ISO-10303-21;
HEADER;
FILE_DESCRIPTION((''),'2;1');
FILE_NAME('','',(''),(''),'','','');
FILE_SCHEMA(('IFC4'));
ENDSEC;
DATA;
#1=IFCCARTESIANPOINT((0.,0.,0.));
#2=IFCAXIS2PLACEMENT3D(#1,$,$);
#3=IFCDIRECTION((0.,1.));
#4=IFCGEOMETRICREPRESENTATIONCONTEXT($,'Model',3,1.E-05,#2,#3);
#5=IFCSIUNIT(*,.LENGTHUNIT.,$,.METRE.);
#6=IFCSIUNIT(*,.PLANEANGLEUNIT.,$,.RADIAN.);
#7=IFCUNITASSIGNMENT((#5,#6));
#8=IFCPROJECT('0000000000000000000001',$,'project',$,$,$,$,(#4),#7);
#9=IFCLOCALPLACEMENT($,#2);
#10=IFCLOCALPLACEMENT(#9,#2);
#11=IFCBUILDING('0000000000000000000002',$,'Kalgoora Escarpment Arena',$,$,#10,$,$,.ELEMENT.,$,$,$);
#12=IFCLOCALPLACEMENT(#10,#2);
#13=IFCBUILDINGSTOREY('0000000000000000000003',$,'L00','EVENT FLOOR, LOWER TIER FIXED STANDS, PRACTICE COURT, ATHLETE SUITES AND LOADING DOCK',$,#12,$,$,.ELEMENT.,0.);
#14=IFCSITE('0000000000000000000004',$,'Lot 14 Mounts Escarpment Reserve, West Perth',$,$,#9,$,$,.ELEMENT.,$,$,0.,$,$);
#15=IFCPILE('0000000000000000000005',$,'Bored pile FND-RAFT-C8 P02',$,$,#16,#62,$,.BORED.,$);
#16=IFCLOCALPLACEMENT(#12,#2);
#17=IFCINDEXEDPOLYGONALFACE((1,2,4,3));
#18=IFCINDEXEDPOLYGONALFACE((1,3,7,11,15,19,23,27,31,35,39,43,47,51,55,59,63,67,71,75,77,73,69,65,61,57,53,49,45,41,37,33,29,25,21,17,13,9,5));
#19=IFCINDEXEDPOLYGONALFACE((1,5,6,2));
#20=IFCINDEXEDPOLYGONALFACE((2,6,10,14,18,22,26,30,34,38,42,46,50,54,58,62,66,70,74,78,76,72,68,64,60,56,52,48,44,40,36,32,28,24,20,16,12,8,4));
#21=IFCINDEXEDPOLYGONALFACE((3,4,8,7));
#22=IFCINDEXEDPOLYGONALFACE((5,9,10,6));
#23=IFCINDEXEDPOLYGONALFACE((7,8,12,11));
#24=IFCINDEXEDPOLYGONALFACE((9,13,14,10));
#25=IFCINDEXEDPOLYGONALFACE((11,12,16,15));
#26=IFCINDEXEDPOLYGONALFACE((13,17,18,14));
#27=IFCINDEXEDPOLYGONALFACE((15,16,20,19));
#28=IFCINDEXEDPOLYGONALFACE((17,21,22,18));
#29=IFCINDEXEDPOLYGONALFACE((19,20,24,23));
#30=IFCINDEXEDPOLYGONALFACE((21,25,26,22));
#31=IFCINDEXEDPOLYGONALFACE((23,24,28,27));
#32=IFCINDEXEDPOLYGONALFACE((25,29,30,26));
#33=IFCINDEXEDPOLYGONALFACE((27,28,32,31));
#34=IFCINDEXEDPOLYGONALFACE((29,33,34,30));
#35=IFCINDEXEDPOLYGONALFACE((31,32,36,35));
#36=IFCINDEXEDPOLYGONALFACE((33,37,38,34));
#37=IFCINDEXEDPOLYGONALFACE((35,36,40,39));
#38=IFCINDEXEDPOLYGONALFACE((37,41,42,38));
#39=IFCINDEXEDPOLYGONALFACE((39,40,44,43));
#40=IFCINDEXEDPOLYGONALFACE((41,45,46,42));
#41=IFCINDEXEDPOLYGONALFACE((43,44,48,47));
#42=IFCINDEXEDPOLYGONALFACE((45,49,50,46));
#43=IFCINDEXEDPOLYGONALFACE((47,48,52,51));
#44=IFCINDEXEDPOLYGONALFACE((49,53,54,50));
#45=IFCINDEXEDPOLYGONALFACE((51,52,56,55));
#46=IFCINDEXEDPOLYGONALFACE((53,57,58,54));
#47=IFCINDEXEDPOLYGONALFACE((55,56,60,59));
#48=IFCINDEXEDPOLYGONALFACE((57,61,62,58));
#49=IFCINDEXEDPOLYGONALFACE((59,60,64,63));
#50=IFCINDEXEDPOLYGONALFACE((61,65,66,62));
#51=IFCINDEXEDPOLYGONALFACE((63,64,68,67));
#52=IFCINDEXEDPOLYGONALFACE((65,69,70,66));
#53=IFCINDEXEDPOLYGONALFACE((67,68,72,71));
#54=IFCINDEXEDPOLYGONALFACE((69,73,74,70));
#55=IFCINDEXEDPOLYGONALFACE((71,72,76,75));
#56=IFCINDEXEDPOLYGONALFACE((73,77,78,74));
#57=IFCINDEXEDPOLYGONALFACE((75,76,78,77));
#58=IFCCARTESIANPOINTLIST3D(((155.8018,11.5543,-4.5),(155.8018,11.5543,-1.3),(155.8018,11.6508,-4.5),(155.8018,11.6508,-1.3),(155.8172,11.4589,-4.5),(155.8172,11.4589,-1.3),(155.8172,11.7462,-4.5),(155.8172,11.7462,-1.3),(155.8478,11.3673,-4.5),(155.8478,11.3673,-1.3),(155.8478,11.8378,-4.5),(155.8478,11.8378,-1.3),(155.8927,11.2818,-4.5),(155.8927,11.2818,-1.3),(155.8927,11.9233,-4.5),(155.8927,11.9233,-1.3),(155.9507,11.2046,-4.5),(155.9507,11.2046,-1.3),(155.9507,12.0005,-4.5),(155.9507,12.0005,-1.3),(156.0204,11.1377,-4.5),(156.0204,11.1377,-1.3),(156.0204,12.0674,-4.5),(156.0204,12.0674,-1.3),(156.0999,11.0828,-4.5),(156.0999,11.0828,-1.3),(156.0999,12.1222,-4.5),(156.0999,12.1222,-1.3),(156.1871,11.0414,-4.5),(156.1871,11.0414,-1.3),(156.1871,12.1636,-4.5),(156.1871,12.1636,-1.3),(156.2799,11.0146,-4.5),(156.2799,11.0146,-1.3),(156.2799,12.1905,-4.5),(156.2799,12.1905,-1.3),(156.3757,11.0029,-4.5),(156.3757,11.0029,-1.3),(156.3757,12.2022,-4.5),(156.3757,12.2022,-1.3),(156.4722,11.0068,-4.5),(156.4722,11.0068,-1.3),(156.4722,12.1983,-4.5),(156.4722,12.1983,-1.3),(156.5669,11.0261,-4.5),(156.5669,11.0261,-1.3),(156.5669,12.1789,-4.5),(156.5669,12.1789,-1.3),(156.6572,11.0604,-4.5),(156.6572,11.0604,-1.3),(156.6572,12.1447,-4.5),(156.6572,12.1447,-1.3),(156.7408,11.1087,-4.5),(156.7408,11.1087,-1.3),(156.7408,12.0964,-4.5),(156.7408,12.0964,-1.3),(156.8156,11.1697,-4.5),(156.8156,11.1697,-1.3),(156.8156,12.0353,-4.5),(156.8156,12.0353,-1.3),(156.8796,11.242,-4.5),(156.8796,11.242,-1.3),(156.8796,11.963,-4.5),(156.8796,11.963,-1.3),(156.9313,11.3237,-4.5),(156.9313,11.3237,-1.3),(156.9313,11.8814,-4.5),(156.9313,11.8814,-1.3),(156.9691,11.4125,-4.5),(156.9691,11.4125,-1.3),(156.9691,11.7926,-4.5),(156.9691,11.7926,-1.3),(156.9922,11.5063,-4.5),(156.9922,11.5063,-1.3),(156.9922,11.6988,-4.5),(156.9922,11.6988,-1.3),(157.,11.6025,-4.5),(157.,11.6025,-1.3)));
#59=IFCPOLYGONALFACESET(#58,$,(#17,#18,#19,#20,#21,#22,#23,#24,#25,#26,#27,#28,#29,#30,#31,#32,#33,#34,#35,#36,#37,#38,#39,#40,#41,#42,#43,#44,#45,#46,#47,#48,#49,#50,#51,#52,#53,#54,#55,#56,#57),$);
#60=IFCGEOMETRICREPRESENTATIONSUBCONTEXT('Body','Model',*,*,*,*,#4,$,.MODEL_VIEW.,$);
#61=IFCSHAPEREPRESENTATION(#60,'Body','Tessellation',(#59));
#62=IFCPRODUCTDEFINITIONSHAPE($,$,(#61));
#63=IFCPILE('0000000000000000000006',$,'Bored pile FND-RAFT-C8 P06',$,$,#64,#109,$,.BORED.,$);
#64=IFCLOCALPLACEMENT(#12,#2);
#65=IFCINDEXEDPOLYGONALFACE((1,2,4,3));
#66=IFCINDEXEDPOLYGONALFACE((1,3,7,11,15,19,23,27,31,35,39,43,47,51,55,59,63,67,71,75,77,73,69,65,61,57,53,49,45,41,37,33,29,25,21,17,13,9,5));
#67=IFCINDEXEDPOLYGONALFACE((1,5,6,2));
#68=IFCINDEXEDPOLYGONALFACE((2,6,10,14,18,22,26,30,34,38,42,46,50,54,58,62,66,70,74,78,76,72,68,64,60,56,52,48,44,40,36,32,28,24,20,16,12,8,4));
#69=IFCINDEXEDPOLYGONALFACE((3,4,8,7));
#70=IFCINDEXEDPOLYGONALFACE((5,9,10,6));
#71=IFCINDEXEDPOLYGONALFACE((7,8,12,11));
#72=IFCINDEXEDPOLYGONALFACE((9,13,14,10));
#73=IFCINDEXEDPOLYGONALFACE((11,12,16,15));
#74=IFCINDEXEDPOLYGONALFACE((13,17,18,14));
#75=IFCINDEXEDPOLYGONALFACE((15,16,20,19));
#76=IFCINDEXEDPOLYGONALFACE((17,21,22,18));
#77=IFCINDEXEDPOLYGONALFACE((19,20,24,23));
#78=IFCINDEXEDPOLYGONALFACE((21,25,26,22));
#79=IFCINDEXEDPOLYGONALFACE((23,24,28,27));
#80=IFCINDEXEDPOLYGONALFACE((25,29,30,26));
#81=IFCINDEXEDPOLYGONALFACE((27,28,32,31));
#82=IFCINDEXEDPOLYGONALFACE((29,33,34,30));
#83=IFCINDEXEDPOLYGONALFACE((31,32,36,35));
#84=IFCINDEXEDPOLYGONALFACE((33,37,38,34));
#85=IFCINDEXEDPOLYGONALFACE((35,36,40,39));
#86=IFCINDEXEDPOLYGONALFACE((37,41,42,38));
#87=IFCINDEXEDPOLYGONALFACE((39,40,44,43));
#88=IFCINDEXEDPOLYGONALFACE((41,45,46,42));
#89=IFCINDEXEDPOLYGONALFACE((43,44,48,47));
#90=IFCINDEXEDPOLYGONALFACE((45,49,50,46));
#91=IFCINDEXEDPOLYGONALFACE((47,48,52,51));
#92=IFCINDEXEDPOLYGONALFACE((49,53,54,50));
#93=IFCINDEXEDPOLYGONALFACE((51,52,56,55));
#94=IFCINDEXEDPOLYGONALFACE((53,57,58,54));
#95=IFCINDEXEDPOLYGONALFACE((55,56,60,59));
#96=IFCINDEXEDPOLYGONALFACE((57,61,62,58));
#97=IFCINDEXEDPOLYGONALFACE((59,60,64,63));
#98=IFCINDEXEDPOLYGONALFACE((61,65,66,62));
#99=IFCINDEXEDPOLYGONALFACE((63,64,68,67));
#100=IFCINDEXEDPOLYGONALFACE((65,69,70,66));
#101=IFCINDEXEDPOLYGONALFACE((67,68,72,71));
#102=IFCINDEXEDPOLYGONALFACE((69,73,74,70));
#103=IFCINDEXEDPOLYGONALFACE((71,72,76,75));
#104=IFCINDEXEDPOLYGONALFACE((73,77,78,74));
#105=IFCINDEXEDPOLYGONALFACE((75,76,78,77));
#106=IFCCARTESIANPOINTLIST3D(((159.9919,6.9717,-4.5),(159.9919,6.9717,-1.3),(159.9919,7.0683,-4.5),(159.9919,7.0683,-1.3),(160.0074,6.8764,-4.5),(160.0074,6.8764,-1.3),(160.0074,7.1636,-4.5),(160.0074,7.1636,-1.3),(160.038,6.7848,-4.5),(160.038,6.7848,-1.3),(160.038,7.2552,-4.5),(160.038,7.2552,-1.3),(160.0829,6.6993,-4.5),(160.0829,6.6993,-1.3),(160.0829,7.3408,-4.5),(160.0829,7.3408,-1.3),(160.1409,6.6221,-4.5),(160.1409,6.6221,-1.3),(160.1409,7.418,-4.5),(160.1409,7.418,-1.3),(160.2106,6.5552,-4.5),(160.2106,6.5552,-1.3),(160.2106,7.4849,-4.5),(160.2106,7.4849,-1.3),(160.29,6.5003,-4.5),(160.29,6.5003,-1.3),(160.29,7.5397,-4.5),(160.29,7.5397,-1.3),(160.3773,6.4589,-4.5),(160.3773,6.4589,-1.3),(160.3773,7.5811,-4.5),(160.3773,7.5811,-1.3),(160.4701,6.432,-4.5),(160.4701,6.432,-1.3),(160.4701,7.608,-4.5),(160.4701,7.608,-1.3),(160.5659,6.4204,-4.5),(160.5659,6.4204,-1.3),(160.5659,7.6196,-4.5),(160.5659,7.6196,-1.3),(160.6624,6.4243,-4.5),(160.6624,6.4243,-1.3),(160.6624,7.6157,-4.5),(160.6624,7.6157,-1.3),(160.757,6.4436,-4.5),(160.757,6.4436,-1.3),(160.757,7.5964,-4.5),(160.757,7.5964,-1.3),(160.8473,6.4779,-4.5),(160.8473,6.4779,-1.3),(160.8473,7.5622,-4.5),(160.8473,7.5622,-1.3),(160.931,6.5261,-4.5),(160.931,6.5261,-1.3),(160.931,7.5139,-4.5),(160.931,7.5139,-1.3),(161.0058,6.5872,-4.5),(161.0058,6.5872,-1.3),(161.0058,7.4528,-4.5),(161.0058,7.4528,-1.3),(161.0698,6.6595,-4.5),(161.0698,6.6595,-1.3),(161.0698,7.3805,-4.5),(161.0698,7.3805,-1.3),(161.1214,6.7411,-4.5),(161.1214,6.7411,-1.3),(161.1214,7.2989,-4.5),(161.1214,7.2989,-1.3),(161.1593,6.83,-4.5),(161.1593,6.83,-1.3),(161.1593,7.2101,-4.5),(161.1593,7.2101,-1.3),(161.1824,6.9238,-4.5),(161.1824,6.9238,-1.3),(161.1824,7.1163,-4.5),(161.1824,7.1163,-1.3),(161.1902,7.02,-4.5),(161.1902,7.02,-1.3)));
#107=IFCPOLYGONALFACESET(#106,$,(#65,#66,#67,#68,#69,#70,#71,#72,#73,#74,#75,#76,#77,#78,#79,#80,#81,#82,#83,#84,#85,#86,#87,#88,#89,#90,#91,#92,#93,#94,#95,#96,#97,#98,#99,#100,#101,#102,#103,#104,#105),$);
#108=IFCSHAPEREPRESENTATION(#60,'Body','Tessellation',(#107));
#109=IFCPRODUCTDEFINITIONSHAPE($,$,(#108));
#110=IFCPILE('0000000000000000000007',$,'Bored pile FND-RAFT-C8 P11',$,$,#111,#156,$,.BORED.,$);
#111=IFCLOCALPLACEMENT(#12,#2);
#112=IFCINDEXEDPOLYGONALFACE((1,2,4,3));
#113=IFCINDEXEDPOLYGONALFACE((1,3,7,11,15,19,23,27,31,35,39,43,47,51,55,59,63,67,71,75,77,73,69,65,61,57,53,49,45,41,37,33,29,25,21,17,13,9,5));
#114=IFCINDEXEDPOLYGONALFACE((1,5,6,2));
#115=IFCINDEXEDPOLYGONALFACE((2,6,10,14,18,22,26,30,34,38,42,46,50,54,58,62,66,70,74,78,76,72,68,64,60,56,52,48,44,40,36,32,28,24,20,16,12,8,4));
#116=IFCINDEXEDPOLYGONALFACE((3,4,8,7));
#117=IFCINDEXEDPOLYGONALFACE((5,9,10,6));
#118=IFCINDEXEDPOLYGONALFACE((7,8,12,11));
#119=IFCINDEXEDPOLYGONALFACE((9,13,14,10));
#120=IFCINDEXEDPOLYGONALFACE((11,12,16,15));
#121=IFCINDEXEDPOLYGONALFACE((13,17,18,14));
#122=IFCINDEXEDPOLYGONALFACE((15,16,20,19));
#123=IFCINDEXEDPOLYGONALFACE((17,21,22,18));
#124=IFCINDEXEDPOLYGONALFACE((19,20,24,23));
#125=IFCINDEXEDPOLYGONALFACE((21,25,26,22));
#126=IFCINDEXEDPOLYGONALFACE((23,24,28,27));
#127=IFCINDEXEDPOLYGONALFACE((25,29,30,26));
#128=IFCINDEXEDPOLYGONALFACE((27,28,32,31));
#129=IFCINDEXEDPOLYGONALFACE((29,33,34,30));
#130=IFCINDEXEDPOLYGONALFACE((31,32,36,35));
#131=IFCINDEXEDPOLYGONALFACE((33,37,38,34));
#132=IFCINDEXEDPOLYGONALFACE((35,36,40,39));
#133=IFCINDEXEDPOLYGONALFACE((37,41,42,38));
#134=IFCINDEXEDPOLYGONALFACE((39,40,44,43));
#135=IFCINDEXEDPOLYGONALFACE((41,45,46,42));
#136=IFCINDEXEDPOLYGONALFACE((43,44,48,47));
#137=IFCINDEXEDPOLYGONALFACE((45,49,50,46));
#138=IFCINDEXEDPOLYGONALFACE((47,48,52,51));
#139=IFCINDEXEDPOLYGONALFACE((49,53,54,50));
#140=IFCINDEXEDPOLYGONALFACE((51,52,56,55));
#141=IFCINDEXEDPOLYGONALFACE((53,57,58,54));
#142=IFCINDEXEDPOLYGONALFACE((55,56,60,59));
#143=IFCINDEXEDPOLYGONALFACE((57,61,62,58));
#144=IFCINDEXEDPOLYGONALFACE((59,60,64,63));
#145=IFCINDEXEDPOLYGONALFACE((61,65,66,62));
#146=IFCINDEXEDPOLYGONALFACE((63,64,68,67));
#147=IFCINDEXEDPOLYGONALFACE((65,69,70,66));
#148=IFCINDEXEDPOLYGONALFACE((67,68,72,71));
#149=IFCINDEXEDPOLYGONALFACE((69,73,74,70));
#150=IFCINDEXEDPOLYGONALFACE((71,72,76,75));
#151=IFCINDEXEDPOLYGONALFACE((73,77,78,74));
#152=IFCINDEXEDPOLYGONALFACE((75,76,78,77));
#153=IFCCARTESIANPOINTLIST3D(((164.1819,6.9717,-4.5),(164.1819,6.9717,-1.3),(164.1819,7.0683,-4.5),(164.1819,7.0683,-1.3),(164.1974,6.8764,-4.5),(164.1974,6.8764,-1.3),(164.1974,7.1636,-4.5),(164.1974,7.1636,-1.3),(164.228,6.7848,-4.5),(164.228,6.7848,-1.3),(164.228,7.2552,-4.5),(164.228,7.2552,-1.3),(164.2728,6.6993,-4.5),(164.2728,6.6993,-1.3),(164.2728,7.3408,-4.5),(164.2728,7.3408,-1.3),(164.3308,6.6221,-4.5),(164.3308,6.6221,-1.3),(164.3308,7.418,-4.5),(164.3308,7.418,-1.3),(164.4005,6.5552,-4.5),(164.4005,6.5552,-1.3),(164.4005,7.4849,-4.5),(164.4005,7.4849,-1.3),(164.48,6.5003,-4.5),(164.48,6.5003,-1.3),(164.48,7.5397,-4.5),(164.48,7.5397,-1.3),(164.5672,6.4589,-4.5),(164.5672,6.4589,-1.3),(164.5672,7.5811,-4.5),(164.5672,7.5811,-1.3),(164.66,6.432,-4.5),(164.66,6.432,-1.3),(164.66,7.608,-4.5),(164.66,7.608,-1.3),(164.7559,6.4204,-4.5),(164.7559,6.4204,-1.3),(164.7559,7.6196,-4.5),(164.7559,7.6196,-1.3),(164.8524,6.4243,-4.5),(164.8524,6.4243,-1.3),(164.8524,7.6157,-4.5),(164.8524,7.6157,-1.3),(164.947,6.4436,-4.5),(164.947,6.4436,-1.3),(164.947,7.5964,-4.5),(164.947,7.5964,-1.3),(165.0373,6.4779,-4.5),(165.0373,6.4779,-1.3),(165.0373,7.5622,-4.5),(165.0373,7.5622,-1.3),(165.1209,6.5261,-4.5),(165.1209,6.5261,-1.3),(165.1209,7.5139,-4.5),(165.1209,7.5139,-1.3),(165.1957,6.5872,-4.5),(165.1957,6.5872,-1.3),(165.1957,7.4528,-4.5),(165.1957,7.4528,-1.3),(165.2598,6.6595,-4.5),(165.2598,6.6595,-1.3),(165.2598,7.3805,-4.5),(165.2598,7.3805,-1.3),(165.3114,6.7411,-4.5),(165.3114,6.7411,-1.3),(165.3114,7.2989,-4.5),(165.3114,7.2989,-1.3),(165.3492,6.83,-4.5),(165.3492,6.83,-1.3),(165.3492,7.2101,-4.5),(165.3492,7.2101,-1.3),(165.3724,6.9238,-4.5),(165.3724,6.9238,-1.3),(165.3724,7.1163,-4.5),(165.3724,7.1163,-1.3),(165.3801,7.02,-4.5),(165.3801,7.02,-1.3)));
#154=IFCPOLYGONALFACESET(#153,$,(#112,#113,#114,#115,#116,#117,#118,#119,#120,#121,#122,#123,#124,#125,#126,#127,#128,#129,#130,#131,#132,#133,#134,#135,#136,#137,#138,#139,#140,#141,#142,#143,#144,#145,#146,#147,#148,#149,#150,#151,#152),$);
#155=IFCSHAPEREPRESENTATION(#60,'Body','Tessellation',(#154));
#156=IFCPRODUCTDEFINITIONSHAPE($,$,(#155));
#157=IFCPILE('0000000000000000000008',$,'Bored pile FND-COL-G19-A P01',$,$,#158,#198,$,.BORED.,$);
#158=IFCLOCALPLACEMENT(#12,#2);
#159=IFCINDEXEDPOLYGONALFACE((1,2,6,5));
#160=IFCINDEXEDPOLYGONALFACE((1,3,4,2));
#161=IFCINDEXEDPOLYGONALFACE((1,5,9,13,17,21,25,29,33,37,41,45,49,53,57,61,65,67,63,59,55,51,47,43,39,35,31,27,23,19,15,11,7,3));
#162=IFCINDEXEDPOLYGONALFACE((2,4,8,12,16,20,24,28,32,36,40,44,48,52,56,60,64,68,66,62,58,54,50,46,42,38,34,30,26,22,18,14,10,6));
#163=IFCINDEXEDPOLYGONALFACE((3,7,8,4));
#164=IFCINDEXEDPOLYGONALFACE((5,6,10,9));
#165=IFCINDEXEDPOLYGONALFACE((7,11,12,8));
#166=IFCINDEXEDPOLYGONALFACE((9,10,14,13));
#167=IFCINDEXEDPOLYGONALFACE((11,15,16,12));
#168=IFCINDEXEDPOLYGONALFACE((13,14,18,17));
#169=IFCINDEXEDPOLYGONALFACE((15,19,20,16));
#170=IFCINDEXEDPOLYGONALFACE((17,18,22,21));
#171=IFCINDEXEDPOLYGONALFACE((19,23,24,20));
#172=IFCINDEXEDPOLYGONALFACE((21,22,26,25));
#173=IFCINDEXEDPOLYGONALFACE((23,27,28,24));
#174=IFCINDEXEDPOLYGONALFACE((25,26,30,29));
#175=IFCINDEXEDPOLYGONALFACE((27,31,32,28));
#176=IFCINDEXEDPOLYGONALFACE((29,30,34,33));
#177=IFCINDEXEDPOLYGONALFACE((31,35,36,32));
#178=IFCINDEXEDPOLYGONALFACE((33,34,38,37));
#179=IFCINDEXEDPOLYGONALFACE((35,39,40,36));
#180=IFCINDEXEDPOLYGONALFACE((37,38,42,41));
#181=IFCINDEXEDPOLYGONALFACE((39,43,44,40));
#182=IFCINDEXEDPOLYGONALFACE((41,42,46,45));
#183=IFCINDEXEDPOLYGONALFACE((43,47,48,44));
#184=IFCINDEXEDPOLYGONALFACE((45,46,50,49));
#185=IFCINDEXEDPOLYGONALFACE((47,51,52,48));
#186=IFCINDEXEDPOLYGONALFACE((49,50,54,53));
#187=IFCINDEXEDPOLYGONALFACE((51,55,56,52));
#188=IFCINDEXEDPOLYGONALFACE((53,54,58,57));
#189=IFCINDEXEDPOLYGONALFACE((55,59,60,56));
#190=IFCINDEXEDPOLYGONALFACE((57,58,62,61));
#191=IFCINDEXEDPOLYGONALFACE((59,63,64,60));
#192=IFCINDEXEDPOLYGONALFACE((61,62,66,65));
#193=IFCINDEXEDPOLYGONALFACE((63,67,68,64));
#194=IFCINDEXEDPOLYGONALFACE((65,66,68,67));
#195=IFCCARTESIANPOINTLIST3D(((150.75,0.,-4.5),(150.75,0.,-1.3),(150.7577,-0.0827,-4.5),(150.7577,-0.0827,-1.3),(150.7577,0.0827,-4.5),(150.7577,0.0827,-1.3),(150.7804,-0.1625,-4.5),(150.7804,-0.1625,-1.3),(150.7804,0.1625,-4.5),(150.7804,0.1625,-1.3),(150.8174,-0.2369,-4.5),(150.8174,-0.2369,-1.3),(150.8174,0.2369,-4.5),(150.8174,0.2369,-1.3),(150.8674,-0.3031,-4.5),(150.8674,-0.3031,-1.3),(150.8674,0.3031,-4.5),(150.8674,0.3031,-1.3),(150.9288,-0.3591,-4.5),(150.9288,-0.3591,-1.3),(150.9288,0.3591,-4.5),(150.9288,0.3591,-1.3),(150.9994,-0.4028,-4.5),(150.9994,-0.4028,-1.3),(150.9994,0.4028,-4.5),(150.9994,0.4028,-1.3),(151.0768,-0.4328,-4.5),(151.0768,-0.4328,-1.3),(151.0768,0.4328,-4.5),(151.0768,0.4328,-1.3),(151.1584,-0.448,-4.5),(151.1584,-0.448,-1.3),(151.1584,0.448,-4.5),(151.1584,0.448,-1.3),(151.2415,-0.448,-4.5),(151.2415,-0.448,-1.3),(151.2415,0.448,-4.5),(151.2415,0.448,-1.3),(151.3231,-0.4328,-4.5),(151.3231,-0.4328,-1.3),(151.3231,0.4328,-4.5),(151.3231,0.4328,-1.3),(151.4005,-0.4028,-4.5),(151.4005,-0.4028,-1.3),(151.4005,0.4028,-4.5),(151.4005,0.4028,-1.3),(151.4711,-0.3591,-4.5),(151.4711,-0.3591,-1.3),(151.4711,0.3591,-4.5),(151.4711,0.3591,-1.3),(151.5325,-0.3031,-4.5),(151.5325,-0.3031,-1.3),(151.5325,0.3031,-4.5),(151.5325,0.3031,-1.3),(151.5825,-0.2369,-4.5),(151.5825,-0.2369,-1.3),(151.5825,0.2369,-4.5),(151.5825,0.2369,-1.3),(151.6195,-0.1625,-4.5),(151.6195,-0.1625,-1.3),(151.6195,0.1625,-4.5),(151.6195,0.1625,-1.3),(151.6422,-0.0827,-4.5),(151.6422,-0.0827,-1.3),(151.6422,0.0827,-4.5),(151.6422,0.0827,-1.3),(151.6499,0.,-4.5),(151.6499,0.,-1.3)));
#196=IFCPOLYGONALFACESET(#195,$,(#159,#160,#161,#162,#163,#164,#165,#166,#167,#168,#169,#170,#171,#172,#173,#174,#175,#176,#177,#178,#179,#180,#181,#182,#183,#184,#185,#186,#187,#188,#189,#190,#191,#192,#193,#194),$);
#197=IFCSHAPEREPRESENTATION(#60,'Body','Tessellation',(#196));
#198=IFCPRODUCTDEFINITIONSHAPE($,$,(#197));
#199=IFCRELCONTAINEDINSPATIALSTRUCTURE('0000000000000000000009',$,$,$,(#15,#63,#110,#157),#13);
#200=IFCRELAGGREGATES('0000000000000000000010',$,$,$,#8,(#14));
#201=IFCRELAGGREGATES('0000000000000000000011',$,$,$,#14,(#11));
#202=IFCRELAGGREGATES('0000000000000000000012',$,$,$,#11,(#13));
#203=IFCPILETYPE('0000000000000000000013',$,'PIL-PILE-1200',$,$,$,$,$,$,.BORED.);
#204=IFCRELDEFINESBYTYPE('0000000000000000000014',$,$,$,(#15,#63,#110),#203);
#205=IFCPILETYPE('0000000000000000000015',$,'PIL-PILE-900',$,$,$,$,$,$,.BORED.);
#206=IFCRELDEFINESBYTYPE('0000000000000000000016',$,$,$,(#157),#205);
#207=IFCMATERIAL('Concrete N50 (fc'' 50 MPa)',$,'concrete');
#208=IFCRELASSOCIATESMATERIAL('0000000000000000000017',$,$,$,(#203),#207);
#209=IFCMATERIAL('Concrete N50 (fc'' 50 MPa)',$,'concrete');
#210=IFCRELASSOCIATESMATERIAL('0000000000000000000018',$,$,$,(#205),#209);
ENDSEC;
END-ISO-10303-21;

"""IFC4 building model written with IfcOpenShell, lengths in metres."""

from ifc_helpers import new_model, si_unit, direction, frame, origin, origin_2d, place, context, subcontext, project, spatial, circle, extrude, material, material_profile, profile_set, type_object, element, save


model = new_model("IFC4")

# Units and contexts
model_context = context("Model", 3, precision=1e-05, world=origin(), true_north=direction((0.0, 1.0)))
body_context = subcontext(model_context, "Body", "Model", "MODEL_VIEW")
ifc_project = project(units=[si_unit("LENGTHUNIT", "METRE"), si_unit("PLANEANGLEUNIT", "RADIAN")], contexts=[model_context])

# Site, building, storey
site_placement = place(None, origin())
site = spatial("IfcSite", under=ifc_project, at=site_placement, Name="Lot 14 Mounts Escarpment Reserve, West Perth", CompositionType="ELEMENT", RefElevation=0.0)
building_placement = place(site_placement, origin())
building = spatial("IfcBuilding", under=site, at=building_placement, Name="Kalgoora Escarpment Arena", CompositionType="ELEMENT")
storey_placement = place(building_placement, origin())
storey = spatial("IfcBuildingStorey", under=building, at=storey_placement, Name="L00", Description="EVENT FLOOR, LOWER TIER FIXED STANDS, PRACTICE COURT, ATHLETE SUITES AND LOADING DOCK", CompositionType="ELEMENT", Elevation=0.0)

# Piles
ifc_material_1 = material(Name="Concrete N50 (fc' 50 MPa)", Category="concrete")
ifc_material_profile_1 = material_profile(ifc_material_1, circle(Radius=0.6001, at=origin_2d()))
ifc_profile_set_1 = profile_set([ifc_material_profile_1], Name="Concrete N50 (fc' 50 MPa)")
pile_type_1 = type_object("IfcPileType", Name="PIL-PILE-1200", PredefinedType="BORED", material=ifc_profile_set_1)
for number, where, z_axis, x_axis, name in (
    (1, (156.3999, 11.6025, -1.3), (0.0, 0.0, -1.0), (1.0, 0.0, 0.0), "Bored pile FND-RAFT-C8 P02"),
    (2, (160.5901, 7.02, -1.3), (0.0, 0.0, -1.0), (1.0, 0.0, 0.0), "Bored pile FND-RAFT-C8 P06"),
    (3, (164.78, 7.02, -1.3), (0.0, 0.0, -1.0), (1.0, 0.0, 0.0), "Bored pile FND-RAFT-C8 P11"),
):
    element("IfcPile", number, at=place(storey_placement, frame(where, z_axis=z_axis, x_axis=x_axis)), inside=storey, type_object=pile_type_1, Name=name, PredefinedType="BORED", context=body_context, shape_type="SweptSolid", body=[
        extrude(circle(Radius=0.6001, at=origin_2d()), origin(), (0.0, 0.0, 1.0), 3.2),
    ])
ifc_material_2 = material(Name="Concrete N50 (fc' 50 MPa)", Category="concrete")
ifc_material_profile_2 = material_profile(ifc_material_2, circle(Radius=0.45, at=origin_2d()))
ifc_profile_set_2 = profile_set([ifc_material_profile_2], Name="Concrete N50 (fc' 50 MPa)")
pile_type_2 = type_object("IfcPileType", Name="PIL-PILE-900", PredefinedType="BORED", material=ifc_profile_set_2)
for number, where, z_axis, x_axis, name in (
    (4, (151.2, 0.0, -1.3), (0.0, 0.0, -1.0), (1.0, 0.0, 0.0), "Bored pile FND-COL-G19-A P01"),
):
    element("IfcPile", number, at=place(storey_placement, frame(where, z_axis=z_axis, x_axis=x_axis)), inside=storey, type_object=pile_type_2, Name=name, PredefinedType="BORED", context=body_context, shape_type="SweptSolid", body=[
        extrude(circle(Radius=0.45, at=origin_2d()), origin(), (0.0, 0.0, 1.0), 3.2),
    ])

save(model, "model.ifc")
